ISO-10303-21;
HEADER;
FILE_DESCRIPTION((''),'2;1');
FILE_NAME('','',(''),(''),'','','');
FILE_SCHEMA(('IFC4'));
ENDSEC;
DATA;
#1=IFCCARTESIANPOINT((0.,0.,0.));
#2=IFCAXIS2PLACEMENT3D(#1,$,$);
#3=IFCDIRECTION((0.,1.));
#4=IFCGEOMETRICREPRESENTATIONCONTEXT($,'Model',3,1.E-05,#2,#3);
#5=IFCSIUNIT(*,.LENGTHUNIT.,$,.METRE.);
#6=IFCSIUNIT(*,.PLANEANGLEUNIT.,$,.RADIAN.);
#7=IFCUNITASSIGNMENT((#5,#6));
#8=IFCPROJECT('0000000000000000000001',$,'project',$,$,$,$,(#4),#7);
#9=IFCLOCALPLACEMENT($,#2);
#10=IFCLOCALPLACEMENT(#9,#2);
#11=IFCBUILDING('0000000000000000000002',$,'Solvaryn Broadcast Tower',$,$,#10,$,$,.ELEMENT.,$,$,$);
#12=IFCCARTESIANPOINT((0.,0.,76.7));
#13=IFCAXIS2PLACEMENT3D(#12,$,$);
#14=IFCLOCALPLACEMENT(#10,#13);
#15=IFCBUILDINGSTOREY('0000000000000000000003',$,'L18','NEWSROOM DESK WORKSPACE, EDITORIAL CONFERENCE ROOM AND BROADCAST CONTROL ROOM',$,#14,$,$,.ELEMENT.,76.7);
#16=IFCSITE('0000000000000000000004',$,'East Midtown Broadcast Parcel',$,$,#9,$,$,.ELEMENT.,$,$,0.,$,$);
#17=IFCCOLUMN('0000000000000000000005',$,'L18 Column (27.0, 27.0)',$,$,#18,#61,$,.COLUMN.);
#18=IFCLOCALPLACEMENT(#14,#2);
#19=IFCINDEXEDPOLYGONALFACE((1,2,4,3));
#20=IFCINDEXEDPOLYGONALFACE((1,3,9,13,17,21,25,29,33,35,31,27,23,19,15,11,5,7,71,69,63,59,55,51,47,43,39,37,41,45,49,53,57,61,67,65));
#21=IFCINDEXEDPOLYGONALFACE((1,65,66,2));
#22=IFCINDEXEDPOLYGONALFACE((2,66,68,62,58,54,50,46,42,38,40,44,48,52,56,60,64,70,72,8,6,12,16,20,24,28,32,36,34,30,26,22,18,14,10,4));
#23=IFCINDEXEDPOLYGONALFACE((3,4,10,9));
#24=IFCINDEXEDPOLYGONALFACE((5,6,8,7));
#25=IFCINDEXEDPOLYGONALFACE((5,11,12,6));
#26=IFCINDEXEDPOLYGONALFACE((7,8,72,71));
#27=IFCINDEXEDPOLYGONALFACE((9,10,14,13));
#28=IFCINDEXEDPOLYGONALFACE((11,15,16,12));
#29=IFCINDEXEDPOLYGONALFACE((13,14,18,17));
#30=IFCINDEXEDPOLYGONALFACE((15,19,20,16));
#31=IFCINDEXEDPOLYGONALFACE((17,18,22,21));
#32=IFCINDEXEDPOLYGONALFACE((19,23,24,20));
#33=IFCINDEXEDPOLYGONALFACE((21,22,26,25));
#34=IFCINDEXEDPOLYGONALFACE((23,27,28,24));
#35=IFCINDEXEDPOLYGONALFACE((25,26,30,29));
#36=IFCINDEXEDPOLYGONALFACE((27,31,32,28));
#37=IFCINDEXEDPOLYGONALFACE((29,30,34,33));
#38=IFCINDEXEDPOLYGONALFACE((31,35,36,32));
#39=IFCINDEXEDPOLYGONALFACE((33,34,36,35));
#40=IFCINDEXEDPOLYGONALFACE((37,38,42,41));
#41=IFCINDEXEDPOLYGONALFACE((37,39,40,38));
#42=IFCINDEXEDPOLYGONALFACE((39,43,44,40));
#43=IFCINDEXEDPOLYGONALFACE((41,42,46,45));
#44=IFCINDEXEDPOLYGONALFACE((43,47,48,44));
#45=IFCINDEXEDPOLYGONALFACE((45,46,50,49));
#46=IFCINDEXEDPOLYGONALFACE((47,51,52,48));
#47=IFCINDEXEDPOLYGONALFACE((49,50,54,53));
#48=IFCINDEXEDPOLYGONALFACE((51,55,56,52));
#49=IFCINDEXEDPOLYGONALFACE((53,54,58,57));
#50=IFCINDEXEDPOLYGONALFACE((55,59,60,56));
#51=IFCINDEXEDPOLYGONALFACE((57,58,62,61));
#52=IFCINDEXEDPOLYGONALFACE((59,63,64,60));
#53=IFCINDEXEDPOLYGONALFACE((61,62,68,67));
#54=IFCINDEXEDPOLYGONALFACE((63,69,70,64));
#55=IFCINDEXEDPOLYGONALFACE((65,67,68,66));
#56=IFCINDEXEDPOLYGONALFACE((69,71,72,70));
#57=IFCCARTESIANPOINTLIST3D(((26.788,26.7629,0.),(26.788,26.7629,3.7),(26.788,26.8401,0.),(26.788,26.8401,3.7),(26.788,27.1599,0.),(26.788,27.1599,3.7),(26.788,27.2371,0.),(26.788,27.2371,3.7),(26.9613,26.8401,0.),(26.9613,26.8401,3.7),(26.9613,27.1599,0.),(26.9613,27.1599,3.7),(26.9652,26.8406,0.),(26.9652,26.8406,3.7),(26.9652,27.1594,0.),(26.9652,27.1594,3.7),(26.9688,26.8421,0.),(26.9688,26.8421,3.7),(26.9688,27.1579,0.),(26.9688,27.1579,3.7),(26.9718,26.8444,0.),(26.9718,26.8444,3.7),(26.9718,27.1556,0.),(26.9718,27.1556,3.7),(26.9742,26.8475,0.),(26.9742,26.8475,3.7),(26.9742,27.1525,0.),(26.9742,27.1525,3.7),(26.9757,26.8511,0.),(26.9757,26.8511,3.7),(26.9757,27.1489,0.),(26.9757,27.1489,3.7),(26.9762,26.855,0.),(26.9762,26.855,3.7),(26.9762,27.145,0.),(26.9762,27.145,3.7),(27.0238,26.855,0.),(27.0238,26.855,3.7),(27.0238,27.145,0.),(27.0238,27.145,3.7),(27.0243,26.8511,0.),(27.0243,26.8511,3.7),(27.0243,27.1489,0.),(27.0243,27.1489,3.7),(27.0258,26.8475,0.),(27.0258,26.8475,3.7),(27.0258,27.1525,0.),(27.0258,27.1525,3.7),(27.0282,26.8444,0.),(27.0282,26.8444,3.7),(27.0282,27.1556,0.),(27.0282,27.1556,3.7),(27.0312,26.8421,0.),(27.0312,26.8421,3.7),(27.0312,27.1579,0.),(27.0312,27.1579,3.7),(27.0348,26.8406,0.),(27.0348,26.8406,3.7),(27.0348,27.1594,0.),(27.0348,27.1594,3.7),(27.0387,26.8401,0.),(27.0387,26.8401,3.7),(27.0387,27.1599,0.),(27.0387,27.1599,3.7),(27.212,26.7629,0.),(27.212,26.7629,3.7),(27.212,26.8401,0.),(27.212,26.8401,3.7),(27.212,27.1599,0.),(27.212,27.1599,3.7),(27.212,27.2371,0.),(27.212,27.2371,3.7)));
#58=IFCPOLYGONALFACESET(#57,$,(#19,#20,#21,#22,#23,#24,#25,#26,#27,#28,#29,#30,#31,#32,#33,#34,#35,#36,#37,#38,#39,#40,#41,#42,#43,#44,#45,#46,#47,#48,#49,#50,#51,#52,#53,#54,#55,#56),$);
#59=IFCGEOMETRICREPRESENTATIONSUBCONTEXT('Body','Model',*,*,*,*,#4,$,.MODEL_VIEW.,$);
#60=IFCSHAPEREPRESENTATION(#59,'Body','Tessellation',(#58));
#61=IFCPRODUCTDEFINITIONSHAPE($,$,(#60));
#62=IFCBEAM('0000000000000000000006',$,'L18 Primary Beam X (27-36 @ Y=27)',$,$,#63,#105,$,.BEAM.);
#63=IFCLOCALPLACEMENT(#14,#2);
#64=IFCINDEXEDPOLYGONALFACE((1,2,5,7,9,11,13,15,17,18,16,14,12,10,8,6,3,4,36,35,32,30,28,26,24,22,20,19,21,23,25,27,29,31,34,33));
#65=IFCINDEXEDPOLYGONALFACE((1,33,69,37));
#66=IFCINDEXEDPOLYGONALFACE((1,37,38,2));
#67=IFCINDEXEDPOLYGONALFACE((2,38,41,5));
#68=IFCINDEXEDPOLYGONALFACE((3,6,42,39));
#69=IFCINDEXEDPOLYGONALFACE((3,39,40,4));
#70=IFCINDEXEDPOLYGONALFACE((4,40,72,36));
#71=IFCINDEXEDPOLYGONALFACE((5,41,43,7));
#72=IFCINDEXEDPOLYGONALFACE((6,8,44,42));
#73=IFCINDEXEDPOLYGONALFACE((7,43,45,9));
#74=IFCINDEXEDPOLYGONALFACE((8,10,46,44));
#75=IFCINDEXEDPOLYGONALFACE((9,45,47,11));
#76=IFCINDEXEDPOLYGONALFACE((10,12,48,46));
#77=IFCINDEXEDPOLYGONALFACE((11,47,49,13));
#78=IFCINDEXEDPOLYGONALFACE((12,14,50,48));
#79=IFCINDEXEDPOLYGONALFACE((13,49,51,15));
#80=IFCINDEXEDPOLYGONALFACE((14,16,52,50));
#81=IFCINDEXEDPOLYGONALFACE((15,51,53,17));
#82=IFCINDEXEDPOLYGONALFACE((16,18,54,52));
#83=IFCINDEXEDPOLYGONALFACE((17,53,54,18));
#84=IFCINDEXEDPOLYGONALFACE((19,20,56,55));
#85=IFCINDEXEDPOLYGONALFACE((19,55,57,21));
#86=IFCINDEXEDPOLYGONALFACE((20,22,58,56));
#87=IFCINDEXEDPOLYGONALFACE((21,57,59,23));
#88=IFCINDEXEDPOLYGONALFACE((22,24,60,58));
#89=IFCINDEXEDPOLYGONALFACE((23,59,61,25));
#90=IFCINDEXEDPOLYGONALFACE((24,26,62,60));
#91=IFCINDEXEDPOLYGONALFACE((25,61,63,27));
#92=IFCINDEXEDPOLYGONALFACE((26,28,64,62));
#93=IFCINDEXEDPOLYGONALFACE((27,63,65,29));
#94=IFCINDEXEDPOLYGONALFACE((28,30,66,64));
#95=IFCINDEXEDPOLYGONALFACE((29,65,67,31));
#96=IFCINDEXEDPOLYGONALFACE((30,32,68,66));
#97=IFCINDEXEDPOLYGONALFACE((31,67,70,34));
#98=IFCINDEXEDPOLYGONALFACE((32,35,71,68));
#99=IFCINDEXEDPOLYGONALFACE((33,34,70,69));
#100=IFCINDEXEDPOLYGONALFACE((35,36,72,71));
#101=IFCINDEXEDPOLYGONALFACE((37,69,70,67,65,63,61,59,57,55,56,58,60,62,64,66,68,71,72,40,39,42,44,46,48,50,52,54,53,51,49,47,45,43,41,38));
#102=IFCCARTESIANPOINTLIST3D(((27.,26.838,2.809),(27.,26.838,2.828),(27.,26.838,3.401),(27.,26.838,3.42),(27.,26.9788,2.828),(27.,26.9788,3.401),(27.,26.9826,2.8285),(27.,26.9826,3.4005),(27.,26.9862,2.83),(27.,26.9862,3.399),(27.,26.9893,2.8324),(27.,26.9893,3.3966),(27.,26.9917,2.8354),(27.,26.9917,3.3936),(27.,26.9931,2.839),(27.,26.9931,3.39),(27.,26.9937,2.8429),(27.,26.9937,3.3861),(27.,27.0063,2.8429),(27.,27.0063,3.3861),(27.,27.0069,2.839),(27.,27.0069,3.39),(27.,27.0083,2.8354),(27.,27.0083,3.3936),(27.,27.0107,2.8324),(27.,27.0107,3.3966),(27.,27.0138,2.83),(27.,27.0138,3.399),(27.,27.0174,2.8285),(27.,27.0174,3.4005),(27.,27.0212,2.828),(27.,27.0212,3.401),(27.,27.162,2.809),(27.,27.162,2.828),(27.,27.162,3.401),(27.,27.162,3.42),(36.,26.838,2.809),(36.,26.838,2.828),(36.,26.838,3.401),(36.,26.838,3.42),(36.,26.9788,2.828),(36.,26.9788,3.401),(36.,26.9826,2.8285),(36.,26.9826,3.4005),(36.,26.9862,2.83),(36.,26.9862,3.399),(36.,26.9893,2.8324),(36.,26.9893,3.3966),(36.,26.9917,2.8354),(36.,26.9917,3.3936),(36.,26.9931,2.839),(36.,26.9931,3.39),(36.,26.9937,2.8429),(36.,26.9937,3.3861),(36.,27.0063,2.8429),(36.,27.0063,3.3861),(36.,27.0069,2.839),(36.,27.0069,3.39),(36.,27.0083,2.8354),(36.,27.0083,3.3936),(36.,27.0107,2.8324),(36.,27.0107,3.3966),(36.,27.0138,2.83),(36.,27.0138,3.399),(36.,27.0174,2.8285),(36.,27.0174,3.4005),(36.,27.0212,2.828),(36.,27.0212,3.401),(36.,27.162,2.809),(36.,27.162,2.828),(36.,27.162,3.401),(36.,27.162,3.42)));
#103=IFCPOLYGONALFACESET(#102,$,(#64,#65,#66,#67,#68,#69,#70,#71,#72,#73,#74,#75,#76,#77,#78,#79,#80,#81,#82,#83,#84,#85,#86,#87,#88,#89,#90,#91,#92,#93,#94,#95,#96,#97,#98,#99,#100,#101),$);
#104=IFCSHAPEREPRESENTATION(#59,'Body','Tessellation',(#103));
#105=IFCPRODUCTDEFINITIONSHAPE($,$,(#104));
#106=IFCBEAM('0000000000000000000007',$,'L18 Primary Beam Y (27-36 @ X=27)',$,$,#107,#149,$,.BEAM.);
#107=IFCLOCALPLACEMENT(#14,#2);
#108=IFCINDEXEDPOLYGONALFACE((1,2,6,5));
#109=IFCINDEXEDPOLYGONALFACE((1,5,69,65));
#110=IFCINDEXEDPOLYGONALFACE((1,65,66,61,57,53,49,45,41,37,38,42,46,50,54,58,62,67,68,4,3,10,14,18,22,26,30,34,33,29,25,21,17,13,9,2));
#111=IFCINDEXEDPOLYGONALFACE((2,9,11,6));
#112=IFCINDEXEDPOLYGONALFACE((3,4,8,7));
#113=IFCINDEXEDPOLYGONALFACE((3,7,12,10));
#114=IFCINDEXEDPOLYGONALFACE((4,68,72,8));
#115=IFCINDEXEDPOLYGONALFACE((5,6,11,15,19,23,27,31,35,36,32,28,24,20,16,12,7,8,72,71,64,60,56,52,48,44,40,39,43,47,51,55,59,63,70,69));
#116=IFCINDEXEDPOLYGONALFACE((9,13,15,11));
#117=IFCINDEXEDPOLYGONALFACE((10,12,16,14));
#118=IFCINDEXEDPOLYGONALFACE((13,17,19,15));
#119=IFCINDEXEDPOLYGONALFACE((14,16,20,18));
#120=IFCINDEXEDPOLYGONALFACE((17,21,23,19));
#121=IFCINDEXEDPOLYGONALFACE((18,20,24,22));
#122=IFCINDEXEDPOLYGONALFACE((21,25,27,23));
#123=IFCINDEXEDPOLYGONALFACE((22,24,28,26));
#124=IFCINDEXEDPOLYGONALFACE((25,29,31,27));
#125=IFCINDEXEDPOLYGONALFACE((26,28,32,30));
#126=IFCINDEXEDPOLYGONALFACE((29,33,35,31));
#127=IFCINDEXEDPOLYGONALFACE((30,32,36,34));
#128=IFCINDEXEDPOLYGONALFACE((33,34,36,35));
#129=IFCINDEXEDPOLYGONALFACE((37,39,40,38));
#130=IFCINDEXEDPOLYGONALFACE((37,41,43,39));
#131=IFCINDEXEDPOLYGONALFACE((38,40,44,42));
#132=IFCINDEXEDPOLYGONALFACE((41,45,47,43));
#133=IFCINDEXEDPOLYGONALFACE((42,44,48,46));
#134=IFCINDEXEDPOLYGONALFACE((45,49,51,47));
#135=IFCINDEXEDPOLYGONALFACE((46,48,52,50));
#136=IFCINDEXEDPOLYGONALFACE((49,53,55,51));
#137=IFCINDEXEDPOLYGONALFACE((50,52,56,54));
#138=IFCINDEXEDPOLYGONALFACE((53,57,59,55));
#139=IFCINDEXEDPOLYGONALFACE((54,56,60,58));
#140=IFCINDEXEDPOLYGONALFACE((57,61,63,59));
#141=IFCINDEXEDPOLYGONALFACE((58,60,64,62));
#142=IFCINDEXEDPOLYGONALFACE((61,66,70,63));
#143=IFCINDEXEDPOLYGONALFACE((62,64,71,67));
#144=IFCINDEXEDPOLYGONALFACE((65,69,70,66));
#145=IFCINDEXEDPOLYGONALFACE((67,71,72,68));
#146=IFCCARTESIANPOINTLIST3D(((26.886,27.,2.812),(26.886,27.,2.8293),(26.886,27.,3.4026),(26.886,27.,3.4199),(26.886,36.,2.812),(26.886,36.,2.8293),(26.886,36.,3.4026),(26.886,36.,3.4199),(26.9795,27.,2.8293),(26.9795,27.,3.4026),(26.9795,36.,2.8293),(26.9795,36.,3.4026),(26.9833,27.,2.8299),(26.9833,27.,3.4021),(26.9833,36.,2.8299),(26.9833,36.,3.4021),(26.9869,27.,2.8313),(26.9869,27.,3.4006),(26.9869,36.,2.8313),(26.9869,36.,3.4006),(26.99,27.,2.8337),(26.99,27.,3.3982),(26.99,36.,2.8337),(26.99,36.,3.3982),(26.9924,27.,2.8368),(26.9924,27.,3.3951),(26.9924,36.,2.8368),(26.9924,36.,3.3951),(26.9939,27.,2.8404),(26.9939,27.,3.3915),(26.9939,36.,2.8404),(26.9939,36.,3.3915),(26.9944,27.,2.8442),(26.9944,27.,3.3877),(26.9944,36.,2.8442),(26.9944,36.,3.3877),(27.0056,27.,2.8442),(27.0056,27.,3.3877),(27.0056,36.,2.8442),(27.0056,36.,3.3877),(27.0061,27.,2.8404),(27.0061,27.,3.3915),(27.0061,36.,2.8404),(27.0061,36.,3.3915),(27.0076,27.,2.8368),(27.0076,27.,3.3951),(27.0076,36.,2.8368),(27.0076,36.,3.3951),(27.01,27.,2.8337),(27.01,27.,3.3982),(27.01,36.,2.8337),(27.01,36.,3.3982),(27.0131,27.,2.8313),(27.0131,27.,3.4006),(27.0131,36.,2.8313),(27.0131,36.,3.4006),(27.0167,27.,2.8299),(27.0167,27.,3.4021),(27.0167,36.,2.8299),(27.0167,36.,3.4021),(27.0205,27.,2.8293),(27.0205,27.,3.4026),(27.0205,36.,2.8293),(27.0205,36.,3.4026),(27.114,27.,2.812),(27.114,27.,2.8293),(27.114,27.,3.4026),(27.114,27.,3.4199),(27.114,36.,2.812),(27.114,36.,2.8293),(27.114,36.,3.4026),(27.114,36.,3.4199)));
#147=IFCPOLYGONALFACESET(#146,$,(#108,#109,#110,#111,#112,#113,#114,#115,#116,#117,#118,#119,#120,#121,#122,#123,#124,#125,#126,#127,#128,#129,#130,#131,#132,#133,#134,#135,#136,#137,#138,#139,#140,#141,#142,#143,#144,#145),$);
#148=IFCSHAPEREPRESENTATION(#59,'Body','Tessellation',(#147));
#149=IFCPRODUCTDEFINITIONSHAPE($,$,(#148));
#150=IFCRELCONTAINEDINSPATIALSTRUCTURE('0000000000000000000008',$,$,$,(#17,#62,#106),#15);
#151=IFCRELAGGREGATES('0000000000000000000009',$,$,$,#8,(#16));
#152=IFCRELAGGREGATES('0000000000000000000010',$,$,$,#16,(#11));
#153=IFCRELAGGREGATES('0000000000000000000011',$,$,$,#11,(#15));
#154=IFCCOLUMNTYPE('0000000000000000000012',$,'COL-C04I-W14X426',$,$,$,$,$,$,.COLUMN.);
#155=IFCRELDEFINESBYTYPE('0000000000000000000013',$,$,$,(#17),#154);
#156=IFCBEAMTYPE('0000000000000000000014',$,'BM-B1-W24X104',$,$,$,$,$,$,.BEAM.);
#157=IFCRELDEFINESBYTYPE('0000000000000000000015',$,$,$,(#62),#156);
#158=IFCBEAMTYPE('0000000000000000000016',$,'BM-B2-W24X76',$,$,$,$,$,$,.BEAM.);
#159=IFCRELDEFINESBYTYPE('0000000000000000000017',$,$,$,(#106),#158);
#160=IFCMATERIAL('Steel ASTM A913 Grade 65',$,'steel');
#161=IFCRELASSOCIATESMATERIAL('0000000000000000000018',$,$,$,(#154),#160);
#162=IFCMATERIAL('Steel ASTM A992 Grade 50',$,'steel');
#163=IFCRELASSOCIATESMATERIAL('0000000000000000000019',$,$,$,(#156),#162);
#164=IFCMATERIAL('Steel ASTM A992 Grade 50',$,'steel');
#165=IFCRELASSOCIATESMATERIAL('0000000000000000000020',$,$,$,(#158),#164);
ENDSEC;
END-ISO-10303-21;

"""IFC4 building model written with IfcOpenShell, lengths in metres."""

from ifc_helpers import new_model, si_unit, direction, frame, origin, origin_2d, place, context, subcontext, project, spatial, i_section, extrude, material, material_profile, profile_set, type_object, element, save


model = new_model("IFC4")

# Units and contexts
model_context = context("Model", 3, precision=1e-05, world=origin(), true_north=direction((0.0, 1.0)))
body_context = subcontext(model_context, "Body", "Model", "MODEL_VIEW")
ifc_project = project(units=[si_unit("LENGTHUNIT", "METRE"), si_unit("PLANEANGLEUNIT", "RADIAN")], contexts=[model_context])

# Site, building, storey
site_placement = place(None, origin())
site = spatial("IfcSite", under=ifc_project, at=site_placement, Name="East Midtown Broadcast Parcel", CompositionType="ELEMENT", RefElevation=0.0)
building_placement = place(site_placement, origin())
building = spatial("IfcBuilding", under=site, at=building_placement, Name="Solvaryn Broadcast Tower", CompositionType="ELEMENT")
storey_placement = place(building_placement, frame((0.0, 0.0, 76.7)))
storey = spatial("IfcBuildingStorey", under=building, at=storey_placement, Name="L18", Description="NEWSROOM DESK WORKSPACE, EDITORIAL CONFERENCE ROOM AND BROADCAST CONTROL ROOM", CompositionType="ELEMENT", Elevation=76.7)

# Column
ifc_material_1 = material(Name="Steel ASTM A913 Grade 65", Category="steel")
ifc_material_profile_1 = material_profile(ifc_material_1, i_section(OverallWidth=0.4241, OverallDepth=0.4741, WebThickness=0.0476, FlangeThickness=0.0771, FilletRadius=0.0149, at=origin_2d()))
ifc_profile_set_1 = profile_set([ifc_material_profile_1], Name="Steel ASTM A913 Grade 65")
column_type = type_object("IfcColumnType", Name="COL-C04I-W14X426", PredefinedType="COLUMN", material=ifc_profile_set_1)
column_placement = place(storey_placement, frame((27.0, 27.0, 0.0), z_axis=(0.0, 0.0, 1.0), x_axis=(1.0, 0.0, 0.0)))
element("IfcColumn", 1, at=column_placement, inside=storey, type_object=column_type, Name="L18 Column (27.0, 27.0)", PredefinedType="COLUMN", context=body_context, shape_type="SweptSolid", body=[
    extrude(i_section(OverallWidth=0.4241, OverallDepth=0.4741, WebThickness=0.0476, FlangeThickness=0.0771, FilletRadius=0.0149, at=origin_2d()), origin(), (0.0, 0.0, 1.0), 3.7),
])

# Beams
ifc_material_2 = material(Name="Steel ASTM A992 Grade 50", Category="steel")
ifc_material_profile_2 = material_profile(ifc_material_2, i_section(OverallWidth=0.324, OverallDepth=0.6111, WebThickness=0.0127, FlangeThickness=0.019, FilletRadius=0.0149, at=origin_2d()))
ifc_profile_set_2 = profile_set([ifc_material_profile_2], Name="Steel ASTM A992 Grade 50")
beam_type_1 = type_object("IfcBeamType", Name="BM-B1-W24X104", PredefinedType="BEAM", material=ifc_profile_set_2)
beam_1_placement = place(storey_placement, frame((27.0, 27.0, 3.1145), z_axis=(1.0, 0.0, 0.0), x_axis=(0.0, 1.0, 0.0)))
element("IfcBeam", 2, at=beam_1_placement, inside=storey, type_object=beam_type_1, Name="L18 Primary Beam X (27-36 @ Y=27)", PredefinedType="BEAM", context=body_context, shape_type="SweptSolid", body=[
    extrude(i_section(OverallWidth=0.324, OverallDepth=0.6111, WebThickness=0.0127, FlangeThickness=0.019, FilletRadius=0.0149, at=origin_2d()), origin(), (0.0, 0.0, 1.0), 9.0),
])
ifc_material_3 = material(Name="Steel ASTM A992 Grade 50", Category="steel")
ifc_material_profile_3 = material_profile(ifc_material_3, i_section(OverallWidth=0.228, OverallDepth=0.6079, WebThickness=0.0112, FlangeThickness=0.0173, FilletRadius=0.0149, at=origin_2d()))
ifc_profile_set_3 = profile_set([ifc_material_profile_3], Name="Steel ASTM A992 Grade 50")
beam_type_2 = type_object("IfcBeamType", Name="BM-B2-W24X76", PredefinedType="BEAM", material=ifc_profile_set_3)
beam_2_placement = place(storey_placement, frame((27.0, 27.0, 3.116), z_axis=(0.0, 1.0, 0.0), x_axis=(-1.0, 0.0, 0.0)))
element("IfcBeam", 3, at=beam_2_placement, inside=storey, type_object=beam_type_2, Name="L18 Primary Beam Y (27-36 @ X=27)", PredefinedType="BEAM", context=body_context, shape_type="SweptSolid", body=[
    extrude(i_section(OverallWidth=0.228, OverallDepth=0.6079, WebThickness=0.0112, FlangeThickness=0.0173, FilletRadius=0.0149, at=origin_2d()), origin(), (0.0, 0.0, 1.0), 9.0),
])

save(model, "model.ifc")
